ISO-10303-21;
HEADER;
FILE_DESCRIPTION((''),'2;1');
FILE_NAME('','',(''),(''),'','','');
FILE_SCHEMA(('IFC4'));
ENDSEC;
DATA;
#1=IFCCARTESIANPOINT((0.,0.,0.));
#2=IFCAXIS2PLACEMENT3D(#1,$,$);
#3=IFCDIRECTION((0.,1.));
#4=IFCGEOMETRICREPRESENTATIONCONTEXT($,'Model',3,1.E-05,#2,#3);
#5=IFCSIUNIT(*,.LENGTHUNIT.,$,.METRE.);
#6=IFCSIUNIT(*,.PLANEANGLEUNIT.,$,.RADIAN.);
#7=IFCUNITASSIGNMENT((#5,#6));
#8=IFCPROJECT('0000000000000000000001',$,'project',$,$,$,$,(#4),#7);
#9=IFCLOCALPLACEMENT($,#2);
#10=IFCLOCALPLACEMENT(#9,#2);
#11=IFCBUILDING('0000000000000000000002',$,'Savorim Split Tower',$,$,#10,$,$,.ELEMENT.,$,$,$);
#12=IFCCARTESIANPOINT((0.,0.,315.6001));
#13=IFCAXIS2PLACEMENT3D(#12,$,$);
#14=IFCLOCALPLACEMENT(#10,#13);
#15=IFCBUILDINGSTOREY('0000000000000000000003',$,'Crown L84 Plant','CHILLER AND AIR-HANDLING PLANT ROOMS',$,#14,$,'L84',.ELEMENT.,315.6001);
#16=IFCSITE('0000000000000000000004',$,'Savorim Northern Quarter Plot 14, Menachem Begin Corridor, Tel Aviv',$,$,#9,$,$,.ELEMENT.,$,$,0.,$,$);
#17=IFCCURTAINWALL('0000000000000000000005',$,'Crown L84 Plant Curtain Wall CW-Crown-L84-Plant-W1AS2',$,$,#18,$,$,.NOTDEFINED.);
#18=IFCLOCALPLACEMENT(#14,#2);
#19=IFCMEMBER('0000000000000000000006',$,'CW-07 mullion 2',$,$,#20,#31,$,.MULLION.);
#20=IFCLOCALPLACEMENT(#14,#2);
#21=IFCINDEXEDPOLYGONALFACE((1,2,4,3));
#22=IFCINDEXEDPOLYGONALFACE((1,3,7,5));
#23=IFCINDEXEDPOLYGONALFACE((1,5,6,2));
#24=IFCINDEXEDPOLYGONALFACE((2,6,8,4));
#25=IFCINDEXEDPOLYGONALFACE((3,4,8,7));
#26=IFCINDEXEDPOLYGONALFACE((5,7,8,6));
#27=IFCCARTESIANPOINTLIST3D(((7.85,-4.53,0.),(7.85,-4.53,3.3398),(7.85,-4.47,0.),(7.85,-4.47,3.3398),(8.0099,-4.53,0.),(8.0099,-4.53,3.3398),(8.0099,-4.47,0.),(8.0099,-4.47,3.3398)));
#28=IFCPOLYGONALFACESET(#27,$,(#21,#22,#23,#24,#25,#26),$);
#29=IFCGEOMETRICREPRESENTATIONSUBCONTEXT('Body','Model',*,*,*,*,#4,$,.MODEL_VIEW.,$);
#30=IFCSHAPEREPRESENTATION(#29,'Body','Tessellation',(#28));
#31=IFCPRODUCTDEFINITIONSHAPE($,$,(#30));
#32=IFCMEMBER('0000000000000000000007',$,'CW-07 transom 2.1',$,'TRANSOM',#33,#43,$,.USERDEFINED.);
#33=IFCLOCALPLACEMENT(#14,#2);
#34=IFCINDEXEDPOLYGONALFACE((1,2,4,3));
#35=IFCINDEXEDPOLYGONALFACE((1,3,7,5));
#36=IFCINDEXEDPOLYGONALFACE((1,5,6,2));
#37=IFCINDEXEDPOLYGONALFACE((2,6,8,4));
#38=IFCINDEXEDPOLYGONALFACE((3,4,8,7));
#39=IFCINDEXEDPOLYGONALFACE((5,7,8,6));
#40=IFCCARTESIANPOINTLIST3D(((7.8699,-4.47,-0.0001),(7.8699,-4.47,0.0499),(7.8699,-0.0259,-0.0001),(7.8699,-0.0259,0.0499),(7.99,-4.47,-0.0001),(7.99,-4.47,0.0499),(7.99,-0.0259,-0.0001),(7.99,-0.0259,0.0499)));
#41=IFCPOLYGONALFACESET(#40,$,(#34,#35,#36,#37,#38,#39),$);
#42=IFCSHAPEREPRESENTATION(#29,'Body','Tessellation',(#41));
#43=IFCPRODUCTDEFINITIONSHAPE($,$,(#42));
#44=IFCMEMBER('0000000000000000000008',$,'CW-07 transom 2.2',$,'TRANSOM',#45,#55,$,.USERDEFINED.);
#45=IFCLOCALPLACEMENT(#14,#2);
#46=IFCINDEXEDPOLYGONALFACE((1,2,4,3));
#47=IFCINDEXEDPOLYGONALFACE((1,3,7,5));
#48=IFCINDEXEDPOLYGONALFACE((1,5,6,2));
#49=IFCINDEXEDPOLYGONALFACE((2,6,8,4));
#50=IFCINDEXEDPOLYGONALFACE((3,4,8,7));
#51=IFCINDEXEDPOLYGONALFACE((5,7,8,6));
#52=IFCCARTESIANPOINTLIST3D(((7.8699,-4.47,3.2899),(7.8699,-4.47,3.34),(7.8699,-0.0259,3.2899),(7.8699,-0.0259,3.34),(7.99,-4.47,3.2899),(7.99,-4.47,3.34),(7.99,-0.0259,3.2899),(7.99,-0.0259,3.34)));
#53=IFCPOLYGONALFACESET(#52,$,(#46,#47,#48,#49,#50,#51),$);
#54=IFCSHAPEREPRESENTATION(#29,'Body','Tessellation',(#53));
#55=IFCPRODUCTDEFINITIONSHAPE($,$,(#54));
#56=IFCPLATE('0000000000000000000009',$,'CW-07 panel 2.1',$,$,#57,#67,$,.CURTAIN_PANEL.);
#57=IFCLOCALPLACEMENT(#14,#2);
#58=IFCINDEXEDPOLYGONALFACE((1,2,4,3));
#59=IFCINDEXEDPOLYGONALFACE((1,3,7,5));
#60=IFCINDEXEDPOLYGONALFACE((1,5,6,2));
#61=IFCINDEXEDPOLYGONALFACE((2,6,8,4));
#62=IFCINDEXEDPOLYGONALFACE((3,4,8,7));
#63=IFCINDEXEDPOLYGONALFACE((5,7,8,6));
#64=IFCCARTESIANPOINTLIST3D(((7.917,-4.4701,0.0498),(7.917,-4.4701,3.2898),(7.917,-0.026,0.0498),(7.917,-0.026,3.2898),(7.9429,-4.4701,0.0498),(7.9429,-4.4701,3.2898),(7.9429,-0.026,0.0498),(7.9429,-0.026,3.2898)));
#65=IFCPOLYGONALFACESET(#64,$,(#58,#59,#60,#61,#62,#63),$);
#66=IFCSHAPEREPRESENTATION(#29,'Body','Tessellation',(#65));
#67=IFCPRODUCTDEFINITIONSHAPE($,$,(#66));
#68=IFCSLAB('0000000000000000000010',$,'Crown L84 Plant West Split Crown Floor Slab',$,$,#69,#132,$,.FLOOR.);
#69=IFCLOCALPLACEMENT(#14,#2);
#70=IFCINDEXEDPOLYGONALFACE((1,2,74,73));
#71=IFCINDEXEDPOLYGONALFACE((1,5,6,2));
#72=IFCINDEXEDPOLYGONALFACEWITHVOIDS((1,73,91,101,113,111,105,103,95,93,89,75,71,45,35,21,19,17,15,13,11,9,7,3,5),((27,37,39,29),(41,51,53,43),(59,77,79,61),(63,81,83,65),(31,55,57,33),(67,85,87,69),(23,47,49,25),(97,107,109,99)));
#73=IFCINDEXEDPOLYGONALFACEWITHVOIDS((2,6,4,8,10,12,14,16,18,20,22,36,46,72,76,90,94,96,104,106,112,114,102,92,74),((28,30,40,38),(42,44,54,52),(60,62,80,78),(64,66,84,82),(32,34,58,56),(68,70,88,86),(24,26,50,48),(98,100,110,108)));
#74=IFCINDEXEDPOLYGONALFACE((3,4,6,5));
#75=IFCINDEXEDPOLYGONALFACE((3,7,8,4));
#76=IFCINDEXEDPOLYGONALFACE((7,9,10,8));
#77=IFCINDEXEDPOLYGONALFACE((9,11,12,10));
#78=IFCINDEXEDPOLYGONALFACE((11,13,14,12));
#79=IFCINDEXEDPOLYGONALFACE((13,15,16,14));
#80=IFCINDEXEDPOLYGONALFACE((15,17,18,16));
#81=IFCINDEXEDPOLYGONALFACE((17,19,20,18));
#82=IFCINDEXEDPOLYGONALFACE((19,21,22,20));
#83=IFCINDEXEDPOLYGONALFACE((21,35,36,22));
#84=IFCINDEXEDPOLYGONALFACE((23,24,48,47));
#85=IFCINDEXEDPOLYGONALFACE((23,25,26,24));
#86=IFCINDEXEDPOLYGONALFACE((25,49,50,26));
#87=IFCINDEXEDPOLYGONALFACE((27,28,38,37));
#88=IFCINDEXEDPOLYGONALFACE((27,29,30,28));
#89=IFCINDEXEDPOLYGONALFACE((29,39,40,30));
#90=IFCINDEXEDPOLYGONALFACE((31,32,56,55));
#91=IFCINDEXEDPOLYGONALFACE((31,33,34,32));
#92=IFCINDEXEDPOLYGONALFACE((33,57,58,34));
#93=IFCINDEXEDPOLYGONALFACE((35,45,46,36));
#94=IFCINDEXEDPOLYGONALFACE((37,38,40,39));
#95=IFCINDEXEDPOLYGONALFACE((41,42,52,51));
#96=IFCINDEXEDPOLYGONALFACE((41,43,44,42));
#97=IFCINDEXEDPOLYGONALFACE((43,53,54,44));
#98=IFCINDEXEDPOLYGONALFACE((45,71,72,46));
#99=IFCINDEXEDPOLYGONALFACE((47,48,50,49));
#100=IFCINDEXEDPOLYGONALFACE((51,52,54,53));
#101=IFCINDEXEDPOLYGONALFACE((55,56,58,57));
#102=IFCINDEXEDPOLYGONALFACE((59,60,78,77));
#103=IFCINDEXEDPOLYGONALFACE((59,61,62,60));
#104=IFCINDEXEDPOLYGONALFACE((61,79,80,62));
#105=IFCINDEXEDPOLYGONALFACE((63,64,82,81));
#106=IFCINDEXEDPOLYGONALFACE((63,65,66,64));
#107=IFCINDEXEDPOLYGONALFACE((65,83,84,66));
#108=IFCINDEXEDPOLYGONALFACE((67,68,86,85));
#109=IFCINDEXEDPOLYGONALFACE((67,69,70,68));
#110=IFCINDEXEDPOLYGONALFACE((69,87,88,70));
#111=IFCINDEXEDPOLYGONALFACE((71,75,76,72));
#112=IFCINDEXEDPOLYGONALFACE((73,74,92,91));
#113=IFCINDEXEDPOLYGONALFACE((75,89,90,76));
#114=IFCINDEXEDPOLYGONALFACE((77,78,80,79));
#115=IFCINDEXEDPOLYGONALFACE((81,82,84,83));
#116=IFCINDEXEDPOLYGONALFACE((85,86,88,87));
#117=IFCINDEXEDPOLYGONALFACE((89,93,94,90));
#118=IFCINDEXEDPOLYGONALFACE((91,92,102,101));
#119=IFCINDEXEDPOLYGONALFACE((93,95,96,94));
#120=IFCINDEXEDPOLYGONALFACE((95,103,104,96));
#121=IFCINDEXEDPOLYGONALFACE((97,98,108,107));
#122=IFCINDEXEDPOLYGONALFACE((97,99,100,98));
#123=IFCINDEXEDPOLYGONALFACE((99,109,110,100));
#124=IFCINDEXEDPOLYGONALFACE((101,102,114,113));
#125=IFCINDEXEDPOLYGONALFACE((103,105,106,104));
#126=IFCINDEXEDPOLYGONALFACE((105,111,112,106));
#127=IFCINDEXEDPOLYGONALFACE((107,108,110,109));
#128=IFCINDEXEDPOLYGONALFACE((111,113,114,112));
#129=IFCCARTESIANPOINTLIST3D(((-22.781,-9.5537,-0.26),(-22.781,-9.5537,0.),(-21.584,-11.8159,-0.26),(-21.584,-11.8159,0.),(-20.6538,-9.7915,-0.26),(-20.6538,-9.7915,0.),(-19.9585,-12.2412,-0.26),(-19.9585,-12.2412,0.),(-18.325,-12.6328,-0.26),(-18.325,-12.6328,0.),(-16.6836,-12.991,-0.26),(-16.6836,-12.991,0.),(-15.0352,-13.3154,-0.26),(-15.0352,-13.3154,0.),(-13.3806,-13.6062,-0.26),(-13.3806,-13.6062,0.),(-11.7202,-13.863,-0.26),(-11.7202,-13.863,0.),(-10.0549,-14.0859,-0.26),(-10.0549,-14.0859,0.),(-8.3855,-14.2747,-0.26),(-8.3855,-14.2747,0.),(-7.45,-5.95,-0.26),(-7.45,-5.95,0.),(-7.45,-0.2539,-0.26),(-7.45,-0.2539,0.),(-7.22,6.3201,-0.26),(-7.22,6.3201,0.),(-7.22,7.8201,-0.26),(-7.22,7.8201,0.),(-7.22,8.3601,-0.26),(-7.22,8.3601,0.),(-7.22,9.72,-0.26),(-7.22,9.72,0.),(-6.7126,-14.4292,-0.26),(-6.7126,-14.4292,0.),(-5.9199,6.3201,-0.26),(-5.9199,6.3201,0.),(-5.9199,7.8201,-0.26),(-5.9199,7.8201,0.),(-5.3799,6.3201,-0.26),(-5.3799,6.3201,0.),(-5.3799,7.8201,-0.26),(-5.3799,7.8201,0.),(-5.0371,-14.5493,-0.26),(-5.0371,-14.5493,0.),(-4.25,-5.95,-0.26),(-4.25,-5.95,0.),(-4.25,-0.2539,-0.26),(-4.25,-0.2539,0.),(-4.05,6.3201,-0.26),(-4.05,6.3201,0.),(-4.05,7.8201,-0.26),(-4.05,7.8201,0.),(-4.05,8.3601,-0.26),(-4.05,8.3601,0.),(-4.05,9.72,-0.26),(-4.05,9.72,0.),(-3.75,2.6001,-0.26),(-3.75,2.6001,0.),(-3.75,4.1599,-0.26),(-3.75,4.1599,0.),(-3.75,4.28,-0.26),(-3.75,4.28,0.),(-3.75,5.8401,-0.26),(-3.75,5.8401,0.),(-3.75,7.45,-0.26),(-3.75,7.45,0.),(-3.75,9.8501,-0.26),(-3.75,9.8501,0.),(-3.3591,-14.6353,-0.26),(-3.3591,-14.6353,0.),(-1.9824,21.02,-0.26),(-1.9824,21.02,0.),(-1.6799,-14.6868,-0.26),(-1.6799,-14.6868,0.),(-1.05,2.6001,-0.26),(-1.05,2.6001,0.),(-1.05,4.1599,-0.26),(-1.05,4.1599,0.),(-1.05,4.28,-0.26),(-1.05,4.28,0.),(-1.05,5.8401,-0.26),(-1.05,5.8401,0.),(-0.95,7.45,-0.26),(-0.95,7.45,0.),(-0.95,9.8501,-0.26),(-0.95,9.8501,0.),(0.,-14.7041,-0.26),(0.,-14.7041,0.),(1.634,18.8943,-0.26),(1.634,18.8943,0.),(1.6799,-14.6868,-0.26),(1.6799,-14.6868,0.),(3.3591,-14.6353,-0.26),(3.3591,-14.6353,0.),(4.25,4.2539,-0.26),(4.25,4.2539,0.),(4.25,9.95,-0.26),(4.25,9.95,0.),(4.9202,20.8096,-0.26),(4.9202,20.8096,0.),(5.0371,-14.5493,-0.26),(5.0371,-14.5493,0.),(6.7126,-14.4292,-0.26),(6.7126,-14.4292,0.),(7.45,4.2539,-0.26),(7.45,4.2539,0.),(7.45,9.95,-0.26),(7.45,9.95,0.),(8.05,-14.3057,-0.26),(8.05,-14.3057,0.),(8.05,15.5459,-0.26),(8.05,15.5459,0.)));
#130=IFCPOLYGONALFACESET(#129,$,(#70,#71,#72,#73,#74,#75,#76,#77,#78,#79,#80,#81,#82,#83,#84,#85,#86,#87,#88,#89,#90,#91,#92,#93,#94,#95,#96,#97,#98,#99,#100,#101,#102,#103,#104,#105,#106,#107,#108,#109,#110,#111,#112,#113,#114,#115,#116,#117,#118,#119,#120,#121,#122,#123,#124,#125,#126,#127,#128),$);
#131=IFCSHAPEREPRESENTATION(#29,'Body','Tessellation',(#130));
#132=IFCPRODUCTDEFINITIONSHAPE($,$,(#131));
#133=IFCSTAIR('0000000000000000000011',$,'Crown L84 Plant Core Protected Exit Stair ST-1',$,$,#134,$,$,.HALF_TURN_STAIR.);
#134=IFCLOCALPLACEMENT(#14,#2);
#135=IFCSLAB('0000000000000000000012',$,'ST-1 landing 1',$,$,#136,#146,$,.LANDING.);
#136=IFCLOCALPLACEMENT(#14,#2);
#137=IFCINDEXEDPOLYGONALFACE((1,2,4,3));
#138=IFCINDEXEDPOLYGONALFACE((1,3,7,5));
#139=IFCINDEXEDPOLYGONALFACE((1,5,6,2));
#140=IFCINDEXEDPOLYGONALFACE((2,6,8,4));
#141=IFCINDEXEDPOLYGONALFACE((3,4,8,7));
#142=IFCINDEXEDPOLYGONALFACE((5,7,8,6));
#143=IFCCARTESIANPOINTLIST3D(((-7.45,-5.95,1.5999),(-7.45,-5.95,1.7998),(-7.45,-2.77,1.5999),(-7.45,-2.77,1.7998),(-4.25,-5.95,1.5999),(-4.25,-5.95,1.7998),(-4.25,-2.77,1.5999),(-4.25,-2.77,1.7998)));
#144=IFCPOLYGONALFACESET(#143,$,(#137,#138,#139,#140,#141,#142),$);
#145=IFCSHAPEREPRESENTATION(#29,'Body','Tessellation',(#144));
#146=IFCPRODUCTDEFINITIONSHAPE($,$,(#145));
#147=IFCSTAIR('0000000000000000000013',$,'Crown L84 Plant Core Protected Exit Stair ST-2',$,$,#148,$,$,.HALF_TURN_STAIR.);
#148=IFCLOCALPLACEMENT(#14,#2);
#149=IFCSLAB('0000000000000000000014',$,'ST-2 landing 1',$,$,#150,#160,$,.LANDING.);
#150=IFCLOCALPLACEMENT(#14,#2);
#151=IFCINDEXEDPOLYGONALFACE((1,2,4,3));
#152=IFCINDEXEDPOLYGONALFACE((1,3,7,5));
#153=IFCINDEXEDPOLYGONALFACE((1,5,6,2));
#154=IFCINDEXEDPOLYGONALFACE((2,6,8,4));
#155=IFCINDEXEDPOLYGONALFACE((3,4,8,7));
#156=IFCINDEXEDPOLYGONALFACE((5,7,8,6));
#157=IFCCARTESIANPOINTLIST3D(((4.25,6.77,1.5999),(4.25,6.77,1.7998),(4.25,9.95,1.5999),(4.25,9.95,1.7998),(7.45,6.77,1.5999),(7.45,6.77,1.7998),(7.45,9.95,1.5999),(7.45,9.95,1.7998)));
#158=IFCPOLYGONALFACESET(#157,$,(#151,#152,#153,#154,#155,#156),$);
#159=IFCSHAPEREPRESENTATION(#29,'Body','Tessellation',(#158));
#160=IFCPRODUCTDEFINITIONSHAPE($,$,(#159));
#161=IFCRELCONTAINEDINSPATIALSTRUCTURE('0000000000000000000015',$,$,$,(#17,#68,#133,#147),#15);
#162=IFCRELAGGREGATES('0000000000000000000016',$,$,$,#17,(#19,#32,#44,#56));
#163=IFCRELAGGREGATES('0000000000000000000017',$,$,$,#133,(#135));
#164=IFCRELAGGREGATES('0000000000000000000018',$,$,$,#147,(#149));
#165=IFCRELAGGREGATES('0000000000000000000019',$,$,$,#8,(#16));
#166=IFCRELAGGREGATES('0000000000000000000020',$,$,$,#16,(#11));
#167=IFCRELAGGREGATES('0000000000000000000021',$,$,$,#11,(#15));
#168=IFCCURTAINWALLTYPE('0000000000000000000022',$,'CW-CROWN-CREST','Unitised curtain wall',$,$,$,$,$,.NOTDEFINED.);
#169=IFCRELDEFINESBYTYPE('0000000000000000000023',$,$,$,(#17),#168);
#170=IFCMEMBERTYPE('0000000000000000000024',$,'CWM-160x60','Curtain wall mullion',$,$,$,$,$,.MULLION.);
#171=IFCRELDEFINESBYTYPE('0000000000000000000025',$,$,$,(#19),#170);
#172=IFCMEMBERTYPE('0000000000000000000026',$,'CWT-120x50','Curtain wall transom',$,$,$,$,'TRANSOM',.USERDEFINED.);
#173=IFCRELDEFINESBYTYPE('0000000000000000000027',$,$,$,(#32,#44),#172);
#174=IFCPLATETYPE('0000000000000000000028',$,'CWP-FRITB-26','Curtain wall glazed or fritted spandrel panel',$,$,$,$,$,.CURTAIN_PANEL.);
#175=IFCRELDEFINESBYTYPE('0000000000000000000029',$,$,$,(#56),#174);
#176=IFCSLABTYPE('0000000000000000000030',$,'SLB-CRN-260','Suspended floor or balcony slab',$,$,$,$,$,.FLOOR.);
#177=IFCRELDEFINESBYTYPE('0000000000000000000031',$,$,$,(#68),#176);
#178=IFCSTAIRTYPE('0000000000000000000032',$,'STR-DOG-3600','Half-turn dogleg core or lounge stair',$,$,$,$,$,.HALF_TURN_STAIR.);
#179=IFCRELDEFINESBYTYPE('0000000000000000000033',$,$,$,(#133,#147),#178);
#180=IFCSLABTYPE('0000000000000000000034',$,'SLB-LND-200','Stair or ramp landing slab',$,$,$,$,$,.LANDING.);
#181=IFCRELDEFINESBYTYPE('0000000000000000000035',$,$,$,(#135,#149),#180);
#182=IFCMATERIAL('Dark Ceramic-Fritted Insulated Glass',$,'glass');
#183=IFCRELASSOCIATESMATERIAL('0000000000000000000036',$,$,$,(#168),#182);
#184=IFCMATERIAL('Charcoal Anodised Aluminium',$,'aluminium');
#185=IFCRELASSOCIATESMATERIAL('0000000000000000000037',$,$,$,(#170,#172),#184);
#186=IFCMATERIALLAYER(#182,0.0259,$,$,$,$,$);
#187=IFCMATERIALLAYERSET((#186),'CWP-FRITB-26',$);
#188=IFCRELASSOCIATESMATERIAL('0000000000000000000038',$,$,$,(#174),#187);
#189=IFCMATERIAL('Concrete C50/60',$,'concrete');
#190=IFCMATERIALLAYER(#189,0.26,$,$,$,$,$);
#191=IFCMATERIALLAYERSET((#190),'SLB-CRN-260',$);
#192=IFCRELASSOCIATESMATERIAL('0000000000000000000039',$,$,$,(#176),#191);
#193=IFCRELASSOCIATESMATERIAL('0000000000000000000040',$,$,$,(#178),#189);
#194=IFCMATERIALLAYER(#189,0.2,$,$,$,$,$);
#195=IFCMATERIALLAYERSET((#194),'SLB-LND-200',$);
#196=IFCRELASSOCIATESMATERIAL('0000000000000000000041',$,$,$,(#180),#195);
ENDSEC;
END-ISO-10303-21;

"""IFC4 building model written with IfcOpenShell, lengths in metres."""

from ifc_helpers import new_model, si_unit, direction, frame, origin, origin_2d, place, context, subcontext, project, spatial, polyline, rectangle, outline, extrude, material, layer, layer_set, material_profile, profile_set, type_object, element, aggregate, save


model = new_model("IFC4")

# Units and contexts
model_context = context("Model", 3, precision=1e-05, world=origin(), true_north=direction((0.0, 1.0)))
body_context = subcontext(model_context, "Body", "Model", "MODEL_VIEW")
ifc_project = project(units=[si_unit("LENGTHUNIT", "METRE"), si_unit("PLANEANGLEUNIT", "RADIAN")], contexts=[model_context])

# Site, building, storey
site_placement = place(None, origin())
site = spatial("IfcSite", under=ifc_project, at=site_placement, Name="Savorim Northern Quarter Plot 14, Menachem Begin Corridor, Tel Aviv", CompositionType="ELEMENT", RefElevation=0.0)
building_placement = place(site_placement, origin())
building = spatial("IfcBuilding", under=site, at=building_placement, Name="Savorim Split Tower", CompositionType="ELEMENT")
storey_placement = place(building_placement, frame((0.0, 0.0, 315.6001)))
storey = spatial("IfcBuildingStorey", under=building, at=storey_placement, Name="Crown L84 Plant", Description="CHILLER AND AIR-HANDLING PLANT ROOMS", LongName="L84", CompositionType="ELEMENT", Elevation=315.6001)

# Curtain wall, members, plate
ifc_material_1 = material(Name="Dark Ceramic-Fritted Insulated Glass", Category="glass")
curtain_wall_type = type_object("IfcCurtainWallType", Name="CW-CROWN-CREST", Description="Unitised curtain wall", PredefinedType="NOTDEFINED", material=ifc_material_1)
curtain_wall_placement = place(storey_placement, origin())
curtain_wall = element("IfcCurtainWall", 1, at=curtain_wall_placement, inside=storey, type_object=curtain_wall_type, Name="Crown L84 Plant Curtain Wall CW-Crown-L84-Plant-W1AS2", PredefinedType="NOTDEFINED")
ifc_material_2 = material(Name="Charcoal Anodised Aluminium", Category="aluminium")
ifc_material_profile_1 = material_profile(ifc_material_2, rectangle(XDim=0.1599, YDim=0.0601, at=origin_2d()), Name="ALU-M 160x60")
ifc_profile_set_1 = profile_set([ifc_material_profile_1], Name="Charcoal Anodised Aluminium")
member_type_1 = type_object("IfcMemberType", Name="CWM-160x60", Description="Curtain wall mullion", PredefinedType="MULLION", material=ifc_profile_set_1)
member_1_placement = place(storey_placement, frame((7.9299, -4.5, 0.0), z_axis=(0.0, 0.0, 1.0), x_axis=(-1.0, 0.0, 0.0)))
member_1 = element("IfcMember", 2, at=member_1_placement, type_object=member_type_1, Name="CW-07 mullion 2", PredefinedType="MULLION", context=body_context, shape_type="SweptSolid", body=[
    extrude(rectangle(XDim=0.1599, YDim=0.0601, at=origin_2d()), origin(), (0.0, 0.0, 1.0), 3.3398),
])
ifc_material_profile_2 = material_profile(ifc_material_2, rectangle(XDim=0.1201, YDim=0.05, at=origin_2d()), Name="ALU-T 120x50")
ifc_profile_set_2 = profile_set([ifc_material_profile_2], Name="Charcoal Anodised Aluminium")
member_type_2 = type_object("IfcMemberType", Name="CWT-120x50", Description="Curtain wall transom", ElementType="TRANSOM", PredefinedType="USERDEFINED", material=ifc_profile_set_2)
member_2_placement = place(storey_placement, frame((7.9299, -4.47, 0.0249), z_axis=(0.0, 1.0, 0.0), x_axis=(-1.0, 0.0, 0.0)))
member_2 = element("IfcMember", 3, at=member_2_placement, type_object=member_type_2, Name="CW-07 transom 2.1", ObjectType="TRANSOM", PredefinedType="USERDEFINED", context=body_context, shape_type="SweptSolid", body=[
    extrude(rectangle(XDim=0.1201, YDim=0.05, at=origin_2d()), origin(), (0.0, 0.0, 1.0), 4.4441),
])
member_3_placement = place(storey_placement, frame((7.9299, -4.47, 3.3149), z_axis=(0.0, 1.0, 0.0), x_axis=(-1.0, 0.0, 0.0)))
member_3 = element("IfcMember", 4, at=member_3_placement, type_object=member_type_2, Name="CW-07 transom 2.2", ObjectType="TRANSOM", PredefinedType="USERDEFINED", context=body_context, shape_type="SweptSolid", body=[
    extrude(rectangle(XDim=0.1201, YDim=0.05, at=origin_2d()), origin(), (0.0, 0.0, 1.0), 4.4441),
])
ifc_layer_1 = layer(ifc_material_1, 0.0259)
ifc_layer_set_1 = layer_set([ifc_layer_1], Name="CWP-FRITB-26")
plate_type = type_object("IfcPlateType", Name="CWP-FRITB-26", Description="Curtain wall glazed or fritted spandrel panel", PredefinedType="CURTAIN_PANEL", material=ifc_layer_set_1)
plate_placement = place(storey_placement, frame((7.9299, -2.248, 0.0498), z_axis=(0.0, 0.0, 1.0), x_axis=(0.0, 1.0, 0.0)))
plate = element("IfcPlate", 5, at=plate_placement, type_object=plate_type, Name="CW-07 panel 2.1", PredefinedType="CURTAIN_PANEL", context=body_context, shape_type="SweptSolid", body=[
    extrude(rectangle(XDim=4.4441, YDim=0.0259, at=origin_2d()), origin(), (0.0, 0.0, 1.0), 3.24),
])
aggregate(curtain_wall, [member_1, member_2, member_3, plate])

# Slab
ifc_material_3 = material(Name="Concrete C50/60", Category="concrete")
ifc_layer_2 = layer(ifc_material_3, 0.26)
ifc_layer_set_2 = layer_set([ifc_layer_2], Name="SLB-CRN-260")
slab_type_1 = type_object("IfcSlabType", Name="SLB-CRN-260", Description="Suspended floor or balcony slab", PredefinedType="FLOOR", material=ifc_layer_set_2)
slab_1_placement = place(storey_placement, frame((0.0, 0.0, -0.26)))
element("IfcSlab", 6, at=slab_1_placement, inside=storey, type_object=slab_type_1, Name="Crown L84 Plant West Split Crown Floor Slab", PredefinedType="FLOOR", context=body_context, shape_type="SweptSolid", body=[
    extrude(outline(polyline([(8.05, -14.3057), (8.05, 15.5459), (4.9202, 20.8096), (1.634, 18.8943), (-1.9824, 21.02), (-22.781, -9.5537), (-20.6538, -9.7915), (-21.584, -11.8159), (-19.9585, -12.2412), (-18.325, -12.6328), (-16.6836, -12.991), (-15.0352, -13.3154), (-13.3806, -13.6062), (-11.7202, -13.863), (-10.0549, -14.0859), (-8.3855, -14.2747), (-6.7126, -14.4292), (-5.0371, -14.5493), (-3.3591, -14.6353), (-1.6799, -14.6868), (0.0, -14.7041), (1.6799, -14.6868), (3.3591, -14.6353), (5.0371, -14.5493), (6.7126, -14.4292), (8.05, -14.3057)]), holes=[polyline([(-7.45, -0.2539), (-7.45, -5.95), (-4.25, -5.95), (-4.25, -0.2539), (-7.45, -0.2539)]), polyline([(7.45, 4.2539), (7.45, 9.95), (4.25, 9.95), (4.25, 4.2539), (7.45, 4.2539)]), polyline([(-3.75, 2.6001), (-1.05, 2.6001), (-1.05, 4.1599), (-3.75, 4.1599), (-3.75, 2.6001)]), polyline([(-3.75, 4.28), (-1.05, 4.28), (-1.05, 5.8401), (-3.75, 5.8401), (-3.75, 4.28)]), polyline([(-3.75, 7.45), (-0.95, 7.45), (-0.95, 9.8501), (-3.75, 9.8501), (-3.75, 7.45)]), polyline([(-7.22, 6.3201), (-5.9199, 6.3201), (-5.9199, 7.8201), (-7.22, 7.8201), (-7.22, 6.3201)]), polyline([(-5.3799, 6.3201), (-4.05, 6.3201), (-4.05, 7.8201), (-5.3799, 7.8201), (-5.3799, 6.3201)]), polyline([(-7.22, 8.3601), (-4.05, 8.3601), (-4.05, 9.72), (-7.22, 9.72), (-7.22, 8.3601)])]), origin(), (0.0, 0.0, 1.0), 0.26),
])

# Stairs, slabs
stair_type = type_object("IfcStairType", Name="STR-DOG-3600", Description="Half-turn dogleg core or lounge stair", PredefinedType="HALF_TURN_STAIR", material=ifc_material_3)
stair_1_placement = place(storey_placement, origin())
stair_1 = element("IfcStair", 7, at=stair_1_placement, inside=storey, type_object=stair_type, Name="Crown L84 Plant Core Protected Exit Stair ST-1", PredefinedType="HALF_TURN_STAIR")
ifc_layer_3 = layer(ifc_material_3, 0.2)
ifc_layer_set_3 = layer_set([ifc_layer_3], Name="SLB-LND-200")
slab_type_2 = type_object("IfcSlabType", Name="SLB-LND-200", Description="Stair or ramp landing slab", PredefinedType="LANDING", material=ifc_layer_set_3)
slab_2_placement = place(storey_placement, frame((0.0, 0.0, 1.5999)))
slab_2 = element("IfcSlab", 8, at=slab_2_placement, type_object=slab_type_2, Name="ST-1 landing 1", PredefinedType="LANDING", context=body_context, shape_type="SweptSolid", body=[
    extrude(outline(polyline([(-7.45, -2.77), (-7.45, -5.95), (-4.25, -5.95), (-4.25, -2.77), (-7.45, -2.77)])), origin(), (0.0, 0.0, 1.0), 0.2),
])
aggregate(stair_1, [slab_2])
stair_2_placement = place(storey_placement, origin())
stair_2 = element("IfcStair", 9, at=stair_2_placement, inside=storey, type_object=stair_type, Name="Crown L84 Plant Core Protected Exit Stair ST-2", PredefinedType="HALF_TURN_STAIR")
slab_3_placement = place(storey_placement, frame((0.0, 0.0, 1.5999)))
slab_3 = element("IfcSlab", 10, at=slab_3_placement, type_object=slab_type_2, Name="ST-2 landing 1", PredefinedType="LANDING", context=body_context, shape_type="SweptSolid", body=[
    extrude(outline(polyline([(7.45, 6.77), (7.45, 9.95), (4.25, 9.95), (4.25, 6.77), (7.45, 6.77)])), origin(), (0.0, 0.0, 1.0), 0.2),
])
aggregate(stair_2, [slab_3])

save(model, "model.ifc")
